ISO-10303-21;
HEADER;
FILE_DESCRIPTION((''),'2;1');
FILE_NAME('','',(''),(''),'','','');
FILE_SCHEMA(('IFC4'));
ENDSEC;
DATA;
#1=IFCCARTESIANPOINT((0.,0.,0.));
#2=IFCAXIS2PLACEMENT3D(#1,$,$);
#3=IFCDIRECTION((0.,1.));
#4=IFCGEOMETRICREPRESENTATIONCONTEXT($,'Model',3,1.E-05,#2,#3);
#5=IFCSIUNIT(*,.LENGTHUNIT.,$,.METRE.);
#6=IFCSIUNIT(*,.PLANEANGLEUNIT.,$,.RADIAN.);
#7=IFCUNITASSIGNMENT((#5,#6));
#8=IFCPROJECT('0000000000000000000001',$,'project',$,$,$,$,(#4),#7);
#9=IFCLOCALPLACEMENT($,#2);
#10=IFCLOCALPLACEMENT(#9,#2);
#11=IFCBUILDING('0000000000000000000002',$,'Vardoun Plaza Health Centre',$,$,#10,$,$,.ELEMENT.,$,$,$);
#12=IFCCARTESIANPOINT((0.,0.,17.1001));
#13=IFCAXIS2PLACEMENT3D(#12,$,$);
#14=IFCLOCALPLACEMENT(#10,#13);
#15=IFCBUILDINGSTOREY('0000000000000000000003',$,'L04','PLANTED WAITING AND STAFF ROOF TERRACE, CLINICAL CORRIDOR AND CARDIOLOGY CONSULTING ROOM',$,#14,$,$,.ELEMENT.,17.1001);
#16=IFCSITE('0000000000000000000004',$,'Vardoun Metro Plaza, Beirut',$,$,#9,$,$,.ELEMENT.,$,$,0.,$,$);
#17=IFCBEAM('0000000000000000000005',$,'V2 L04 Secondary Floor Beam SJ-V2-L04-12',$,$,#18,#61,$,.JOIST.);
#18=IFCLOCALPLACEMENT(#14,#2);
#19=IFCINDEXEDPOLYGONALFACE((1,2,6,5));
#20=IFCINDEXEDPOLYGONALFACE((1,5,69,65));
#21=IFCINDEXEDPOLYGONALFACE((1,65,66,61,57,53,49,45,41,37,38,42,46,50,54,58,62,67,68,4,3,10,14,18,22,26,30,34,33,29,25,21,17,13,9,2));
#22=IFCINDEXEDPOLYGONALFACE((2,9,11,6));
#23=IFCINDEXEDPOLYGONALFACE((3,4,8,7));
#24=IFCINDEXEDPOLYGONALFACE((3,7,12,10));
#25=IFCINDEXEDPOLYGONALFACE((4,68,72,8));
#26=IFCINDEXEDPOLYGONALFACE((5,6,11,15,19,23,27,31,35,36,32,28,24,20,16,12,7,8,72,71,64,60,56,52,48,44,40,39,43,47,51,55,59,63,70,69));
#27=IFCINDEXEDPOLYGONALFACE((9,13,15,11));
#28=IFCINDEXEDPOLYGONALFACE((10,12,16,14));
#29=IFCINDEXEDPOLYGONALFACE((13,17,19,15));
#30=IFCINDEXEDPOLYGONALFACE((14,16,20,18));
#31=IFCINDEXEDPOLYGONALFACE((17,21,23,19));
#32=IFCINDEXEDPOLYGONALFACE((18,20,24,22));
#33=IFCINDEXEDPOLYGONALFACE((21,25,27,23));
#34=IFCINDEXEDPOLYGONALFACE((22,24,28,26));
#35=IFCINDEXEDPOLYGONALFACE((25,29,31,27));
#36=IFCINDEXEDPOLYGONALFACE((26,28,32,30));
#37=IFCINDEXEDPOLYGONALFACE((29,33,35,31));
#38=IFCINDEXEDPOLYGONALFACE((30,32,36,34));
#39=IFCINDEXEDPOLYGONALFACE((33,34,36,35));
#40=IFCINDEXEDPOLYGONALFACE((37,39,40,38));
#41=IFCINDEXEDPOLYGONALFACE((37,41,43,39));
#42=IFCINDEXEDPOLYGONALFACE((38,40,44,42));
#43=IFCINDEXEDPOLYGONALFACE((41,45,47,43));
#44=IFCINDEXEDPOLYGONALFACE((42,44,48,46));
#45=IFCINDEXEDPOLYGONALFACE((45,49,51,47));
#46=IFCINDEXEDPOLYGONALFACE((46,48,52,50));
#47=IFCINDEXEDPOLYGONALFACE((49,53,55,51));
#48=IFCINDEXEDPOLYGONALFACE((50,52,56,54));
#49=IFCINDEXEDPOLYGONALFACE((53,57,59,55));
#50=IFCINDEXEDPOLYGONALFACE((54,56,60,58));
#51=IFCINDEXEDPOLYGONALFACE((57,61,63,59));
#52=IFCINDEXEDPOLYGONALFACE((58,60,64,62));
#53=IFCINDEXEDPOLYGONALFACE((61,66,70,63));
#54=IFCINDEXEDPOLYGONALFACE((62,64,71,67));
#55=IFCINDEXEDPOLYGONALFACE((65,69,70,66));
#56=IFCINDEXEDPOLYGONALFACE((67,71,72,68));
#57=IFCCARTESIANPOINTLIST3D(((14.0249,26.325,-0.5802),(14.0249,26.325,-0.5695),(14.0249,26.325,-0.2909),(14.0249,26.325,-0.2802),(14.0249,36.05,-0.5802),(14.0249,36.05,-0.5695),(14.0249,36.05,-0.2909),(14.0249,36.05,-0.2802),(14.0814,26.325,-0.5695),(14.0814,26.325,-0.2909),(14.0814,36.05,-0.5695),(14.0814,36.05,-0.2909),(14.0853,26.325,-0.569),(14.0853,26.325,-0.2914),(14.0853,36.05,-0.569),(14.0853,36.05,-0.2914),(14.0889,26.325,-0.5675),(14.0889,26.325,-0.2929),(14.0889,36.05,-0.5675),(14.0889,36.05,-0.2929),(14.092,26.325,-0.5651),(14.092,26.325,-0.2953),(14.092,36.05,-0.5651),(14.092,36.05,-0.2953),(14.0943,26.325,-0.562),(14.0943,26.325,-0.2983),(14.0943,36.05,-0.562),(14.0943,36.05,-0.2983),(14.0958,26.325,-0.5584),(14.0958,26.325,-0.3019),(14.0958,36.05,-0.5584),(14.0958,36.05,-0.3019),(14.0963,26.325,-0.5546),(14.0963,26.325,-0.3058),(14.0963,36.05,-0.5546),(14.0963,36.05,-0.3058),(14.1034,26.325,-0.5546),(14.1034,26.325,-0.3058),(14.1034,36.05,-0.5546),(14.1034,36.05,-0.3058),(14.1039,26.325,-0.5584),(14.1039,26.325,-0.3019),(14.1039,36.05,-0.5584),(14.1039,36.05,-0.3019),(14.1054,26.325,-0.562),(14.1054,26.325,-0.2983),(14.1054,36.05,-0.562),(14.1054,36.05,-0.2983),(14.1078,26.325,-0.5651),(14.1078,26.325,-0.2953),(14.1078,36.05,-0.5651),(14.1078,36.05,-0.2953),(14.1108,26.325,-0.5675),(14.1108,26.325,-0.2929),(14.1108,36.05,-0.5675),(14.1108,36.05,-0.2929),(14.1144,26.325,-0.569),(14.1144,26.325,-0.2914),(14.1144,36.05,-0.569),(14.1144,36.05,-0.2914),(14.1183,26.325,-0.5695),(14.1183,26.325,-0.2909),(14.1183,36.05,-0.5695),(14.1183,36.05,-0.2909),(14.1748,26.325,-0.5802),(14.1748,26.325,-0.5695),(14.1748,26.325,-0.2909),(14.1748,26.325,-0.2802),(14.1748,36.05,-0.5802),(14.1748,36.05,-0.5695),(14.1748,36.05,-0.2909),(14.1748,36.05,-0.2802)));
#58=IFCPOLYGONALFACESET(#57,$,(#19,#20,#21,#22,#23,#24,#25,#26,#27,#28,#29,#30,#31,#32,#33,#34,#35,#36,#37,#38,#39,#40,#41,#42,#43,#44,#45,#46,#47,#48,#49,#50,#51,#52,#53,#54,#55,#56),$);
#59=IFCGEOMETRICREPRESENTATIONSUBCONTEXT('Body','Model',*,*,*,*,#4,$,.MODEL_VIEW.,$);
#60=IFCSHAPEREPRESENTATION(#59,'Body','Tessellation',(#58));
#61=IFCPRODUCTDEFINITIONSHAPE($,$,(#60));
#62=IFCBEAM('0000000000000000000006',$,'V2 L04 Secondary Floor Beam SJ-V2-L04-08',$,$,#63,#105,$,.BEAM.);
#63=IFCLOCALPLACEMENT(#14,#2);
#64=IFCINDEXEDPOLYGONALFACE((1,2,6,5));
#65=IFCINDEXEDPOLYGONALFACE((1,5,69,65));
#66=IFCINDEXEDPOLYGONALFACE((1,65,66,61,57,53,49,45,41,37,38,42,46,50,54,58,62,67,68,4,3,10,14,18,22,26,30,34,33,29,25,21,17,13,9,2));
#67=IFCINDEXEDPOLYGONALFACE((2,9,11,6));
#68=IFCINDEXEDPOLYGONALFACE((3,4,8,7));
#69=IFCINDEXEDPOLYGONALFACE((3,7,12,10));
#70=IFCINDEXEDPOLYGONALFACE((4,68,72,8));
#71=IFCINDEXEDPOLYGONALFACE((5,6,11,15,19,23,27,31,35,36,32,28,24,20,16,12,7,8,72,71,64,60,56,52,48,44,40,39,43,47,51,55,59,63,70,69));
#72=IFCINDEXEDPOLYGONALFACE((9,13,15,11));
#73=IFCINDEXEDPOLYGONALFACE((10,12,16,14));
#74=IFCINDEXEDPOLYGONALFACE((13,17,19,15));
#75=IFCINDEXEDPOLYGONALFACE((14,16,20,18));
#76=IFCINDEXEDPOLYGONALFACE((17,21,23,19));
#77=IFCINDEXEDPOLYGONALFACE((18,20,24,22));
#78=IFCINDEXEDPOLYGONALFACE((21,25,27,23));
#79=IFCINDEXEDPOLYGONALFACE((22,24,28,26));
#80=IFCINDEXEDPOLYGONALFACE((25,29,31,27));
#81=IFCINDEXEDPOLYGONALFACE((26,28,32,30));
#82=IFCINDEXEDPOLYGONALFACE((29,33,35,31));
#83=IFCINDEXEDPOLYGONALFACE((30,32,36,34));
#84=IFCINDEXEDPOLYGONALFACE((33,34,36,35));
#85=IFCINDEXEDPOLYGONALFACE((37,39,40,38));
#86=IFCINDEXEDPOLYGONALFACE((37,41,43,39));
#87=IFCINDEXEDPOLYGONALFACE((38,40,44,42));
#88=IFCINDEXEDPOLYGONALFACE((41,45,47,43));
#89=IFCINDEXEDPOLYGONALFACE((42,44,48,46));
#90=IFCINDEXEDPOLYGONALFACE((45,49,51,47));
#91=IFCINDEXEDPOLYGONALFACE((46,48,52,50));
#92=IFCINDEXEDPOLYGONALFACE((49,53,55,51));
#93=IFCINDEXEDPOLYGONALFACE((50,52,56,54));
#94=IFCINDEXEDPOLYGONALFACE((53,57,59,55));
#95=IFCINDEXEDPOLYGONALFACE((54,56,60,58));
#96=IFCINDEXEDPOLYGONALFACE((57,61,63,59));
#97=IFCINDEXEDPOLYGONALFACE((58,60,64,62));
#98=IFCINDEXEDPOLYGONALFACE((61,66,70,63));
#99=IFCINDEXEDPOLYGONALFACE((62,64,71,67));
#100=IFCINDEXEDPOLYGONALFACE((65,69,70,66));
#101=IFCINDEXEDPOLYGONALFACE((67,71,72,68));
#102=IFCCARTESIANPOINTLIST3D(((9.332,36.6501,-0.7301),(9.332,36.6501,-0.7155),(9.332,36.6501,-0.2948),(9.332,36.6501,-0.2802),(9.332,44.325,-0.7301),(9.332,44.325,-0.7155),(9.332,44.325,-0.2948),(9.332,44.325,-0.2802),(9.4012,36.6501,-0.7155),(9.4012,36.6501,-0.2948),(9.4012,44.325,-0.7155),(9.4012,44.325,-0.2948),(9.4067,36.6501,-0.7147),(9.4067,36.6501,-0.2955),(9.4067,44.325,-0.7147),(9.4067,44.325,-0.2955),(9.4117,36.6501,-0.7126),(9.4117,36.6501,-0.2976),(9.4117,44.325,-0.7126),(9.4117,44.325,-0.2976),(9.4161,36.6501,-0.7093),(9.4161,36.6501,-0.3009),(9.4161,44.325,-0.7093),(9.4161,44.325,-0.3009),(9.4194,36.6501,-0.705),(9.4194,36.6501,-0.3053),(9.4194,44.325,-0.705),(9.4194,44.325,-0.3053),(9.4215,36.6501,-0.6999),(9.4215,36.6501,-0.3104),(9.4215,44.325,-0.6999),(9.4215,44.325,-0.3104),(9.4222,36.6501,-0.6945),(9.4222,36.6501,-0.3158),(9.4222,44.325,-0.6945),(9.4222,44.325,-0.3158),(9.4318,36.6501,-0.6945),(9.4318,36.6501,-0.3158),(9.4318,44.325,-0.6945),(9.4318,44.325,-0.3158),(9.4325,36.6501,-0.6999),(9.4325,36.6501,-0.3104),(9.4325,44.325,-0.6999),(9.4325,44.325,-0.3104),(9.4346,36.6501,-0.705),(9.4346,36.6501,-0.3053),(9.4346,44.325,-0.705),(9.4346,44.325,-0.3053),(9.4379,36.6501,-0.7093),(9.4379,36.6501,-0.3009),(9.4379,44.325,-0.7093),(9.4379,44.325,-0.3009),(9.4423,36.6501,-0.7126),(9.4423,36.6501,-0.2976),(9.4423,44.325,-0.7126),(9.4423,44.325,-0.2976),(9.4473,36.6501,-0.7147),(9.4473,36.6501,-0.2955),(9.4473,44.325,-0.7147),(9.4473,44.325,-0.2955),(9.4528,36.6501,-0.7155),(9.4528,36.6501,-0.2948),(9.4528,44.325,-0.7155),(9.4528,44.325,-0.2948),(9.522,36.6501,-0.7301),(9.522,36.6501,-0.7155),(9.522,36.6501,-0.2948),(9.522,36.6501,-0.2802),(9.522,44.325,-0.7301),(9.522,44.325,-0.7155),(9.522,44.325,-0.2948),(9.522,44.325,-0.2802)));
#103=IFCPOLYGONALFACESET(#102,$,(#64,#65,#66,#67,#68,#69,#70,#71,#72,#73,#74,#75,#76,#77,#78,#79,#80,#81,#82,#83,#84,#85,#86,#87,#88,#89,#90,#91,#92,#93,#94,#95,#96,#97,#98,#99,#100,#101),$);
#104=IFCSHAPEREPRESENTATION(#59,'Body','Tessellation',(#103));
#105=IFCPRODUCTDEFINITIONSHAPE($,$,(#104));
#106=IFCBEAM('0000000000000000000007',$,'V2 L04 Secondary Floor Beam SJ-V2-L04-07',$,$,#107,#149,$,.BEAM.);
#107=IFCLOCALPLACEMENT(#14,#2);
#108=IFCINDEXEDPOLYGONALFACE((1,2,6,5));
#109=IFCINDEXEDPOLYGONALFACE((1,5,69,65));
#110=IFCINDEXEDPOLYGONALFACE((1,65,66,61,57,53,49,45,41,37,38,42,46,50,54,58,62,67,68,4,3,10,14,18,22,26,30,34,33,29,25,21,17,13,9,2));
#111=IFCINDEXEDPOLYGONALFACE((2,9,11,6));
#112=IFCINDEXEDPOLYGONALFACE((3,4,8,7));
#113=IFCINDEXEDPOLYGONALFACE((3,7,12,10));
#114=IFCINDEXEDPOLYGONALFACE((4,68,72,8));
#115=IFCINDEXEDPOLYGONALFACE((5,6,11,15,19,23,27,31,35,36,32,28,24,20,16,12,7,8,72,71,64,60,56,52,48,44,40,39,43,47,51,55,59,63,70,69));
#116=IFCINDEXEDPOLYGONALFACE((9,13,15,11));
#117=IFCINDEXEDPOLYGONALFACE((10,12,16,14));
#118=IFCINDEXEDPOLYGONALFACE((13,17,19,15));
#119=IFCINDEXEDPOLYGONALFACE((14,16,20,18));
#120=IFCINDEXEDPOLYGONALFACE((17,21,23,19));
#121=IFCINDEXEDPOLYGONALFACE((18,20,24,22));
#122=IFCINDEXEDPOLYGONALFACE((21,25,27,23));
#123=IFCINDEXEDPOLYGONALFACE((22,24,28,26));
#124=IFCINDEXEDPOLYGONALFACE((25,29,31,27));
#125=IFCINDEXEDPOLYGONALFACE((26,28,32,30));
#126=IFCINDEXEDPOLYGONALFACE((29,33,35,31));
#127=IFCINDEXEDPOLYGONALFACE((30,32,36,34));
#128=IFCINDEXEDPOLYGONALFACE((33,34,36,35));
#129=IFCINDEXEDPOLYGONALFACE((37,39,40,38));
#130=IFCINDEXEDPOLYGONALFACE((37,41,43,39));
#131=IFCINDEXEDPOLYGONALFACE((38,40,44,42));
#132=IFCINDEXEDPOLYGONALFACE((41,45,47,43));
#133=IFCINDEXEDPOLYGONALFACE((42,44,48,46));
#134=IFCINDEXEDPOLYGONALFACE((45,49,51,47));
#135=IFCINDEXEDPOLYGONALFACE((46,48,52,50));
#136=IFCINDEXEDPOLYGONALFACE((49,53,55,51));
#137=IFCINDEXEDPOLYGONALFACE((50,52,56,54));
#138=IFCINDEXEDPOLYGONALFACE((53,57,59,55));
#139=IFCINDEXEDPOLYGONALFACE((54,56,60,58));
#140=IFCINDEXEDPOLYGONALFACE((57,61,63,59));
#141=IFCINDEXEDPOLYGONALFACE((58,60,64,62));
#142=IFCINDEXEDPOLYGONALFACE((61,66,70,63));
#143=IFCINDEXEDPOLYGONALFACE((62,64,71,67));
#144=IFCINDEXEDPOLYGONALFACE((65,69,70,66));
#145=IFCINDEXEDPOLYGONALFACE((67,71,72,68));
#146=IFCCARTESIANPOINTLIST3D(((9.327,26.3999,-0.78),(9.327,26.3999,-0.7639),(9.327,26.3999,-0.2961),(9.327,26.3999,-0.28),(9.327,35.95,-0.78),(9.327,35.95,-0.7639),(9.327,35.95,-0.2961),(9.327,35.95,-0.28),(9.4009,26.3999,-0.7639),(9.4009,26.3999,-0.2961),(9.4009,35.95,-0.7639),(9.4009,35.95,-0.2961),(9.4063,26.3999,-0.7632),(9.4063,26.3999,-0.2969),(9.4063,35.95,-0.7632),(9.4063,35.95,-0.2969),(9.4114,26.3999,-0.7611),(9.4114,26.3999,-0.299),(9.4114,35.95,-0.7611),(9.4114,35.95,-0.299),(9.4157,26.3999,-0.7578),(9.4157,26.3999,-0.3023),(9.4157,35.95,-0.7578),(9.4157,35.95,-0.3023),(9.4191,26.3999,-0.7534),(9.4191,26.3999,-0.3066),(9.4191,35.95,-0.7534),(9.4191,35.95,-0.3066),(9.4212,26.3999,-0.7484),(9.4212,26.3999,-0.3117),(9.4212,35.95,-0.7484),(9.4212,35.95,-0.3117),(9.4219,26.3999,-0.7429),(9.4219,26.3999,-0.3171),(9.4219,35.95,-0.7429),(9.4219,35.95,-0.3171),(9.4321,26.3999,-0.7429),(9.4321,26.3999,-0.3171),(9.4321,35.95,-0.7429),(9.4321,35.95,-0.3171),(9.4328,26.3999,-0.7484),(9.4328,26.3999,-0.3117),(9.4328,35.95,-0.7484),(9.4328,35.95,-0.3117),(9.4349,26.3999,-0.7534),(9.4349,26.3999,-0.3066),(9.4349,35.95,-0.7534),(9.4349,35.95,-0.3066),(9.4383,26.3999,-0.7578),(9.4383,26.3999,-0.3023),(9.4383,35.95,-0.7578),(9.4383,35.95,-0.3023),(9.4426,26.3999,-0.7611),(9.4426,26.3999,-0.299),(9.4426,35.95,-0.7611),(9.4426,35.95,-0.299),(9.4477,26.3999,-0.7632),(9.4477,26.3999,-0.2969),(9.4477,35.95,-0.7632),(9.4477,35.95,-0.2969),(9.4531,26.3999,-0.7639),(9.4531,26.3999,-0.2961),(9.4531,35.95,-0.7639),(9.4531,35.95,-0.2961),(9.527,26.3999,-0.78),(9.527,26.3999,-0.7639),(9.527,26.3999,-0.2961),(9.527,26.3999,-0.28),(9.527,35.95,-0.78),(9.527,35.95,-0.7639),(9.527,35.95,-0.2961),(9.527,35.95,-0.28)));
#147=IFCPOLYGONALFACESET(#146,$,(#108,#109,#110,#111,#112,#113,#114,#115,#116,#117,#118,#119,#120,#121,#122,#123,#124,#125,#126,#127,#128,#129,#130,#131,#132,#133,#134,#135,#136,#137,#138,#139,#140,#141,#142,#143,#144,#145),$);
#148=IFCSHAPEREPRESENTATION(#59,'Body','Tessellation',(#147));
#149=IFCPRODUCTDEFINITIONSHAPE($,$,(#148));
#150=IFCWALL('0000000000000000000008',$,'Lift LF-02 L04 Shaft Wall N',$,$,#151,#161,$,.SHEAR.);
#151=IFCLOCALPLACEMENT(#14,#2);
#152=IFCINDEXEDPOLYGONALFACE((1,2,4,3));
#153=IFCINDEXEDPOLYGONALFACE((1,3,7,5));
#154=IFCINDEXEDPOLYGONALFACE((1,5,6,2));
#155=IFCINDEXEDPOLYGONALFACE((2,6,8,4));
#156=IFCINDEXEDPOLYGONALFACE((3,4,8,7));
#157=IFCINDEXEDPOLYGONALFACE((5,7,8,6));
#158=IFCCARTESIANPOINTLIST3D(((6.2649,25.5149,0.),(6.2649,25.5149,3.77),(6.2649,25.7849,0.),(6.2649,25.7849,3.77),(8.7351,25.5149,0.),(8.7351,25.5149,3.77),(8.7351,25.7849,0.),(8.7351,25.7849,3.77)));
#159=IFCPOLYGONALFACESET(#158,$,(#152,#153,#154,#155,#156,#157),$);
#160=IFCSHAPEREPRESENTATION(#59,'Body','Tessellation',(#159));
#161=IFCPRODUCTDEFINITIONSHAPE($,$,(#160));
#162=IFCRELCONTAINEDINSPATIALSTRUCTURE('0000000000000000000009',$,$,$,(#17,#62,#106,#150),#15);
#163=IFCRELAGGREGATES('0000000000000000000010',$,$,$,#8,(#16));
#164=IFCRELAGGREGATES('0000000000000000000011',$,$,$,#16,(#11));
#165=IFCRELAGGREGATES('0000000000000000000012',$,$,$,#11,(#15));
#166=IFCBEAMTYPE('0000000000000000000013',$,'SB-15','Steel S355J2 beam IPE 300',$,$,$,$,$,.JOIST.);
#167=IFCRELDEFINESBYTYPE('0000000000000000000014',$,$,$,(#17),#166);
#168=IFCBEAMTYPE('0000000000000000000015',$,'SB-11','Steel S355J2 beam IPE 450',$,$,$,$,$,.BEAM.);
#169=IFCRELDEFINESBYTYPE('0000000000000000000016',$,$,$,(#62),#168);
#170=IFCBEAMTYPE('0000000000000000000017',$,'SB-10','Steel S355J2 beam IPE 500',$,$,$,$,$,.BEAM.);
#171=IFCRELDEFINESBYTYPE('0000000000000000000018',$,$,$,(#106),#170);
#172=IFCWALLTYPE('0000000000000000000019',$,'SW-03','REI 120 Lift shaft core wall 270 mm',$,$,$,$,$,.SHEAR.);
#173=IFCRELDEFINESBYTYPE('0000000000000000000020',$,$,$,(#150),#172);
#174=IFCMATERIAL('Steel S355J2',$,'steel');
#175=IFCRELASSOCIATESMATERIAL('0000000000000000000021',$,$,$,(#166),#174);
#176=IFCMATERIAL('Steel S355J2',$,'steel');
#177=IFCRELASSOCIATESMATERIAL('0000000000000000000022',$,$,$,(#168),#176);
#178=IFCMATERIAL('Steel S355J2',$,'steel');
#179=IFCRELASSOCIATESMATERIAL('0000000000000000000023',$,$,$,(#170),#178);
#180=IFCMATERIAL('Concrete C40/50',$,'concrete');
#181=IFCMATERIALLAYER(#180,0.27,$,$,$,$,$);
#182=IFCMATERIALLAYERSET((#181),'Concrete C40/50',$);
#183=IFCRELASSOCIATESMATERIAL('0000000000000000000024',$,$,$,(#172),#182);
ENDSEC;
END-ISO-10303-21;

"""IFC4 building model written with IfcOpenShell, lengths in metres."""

from ifc_helpers import new_model, si_unit, direction, frame, frame_2d, origin, origin_2d, place, context, subcontext, project, spatial, rectangle, i_section, extrude, material, layer, layer_set, material_profile, profile_set, type_object, element, save


model = new_model("IFC4")

# Units and contexts
model_context = context("Model", 3, precision=1e-05, world=origin(), true_north=direction((0.0, 1.0)))
body_context = subcontext(model_context, "Body", "Model", "MODEL_VIEW")
ifc_project = project(units=[si_unit("LENGTHUNIT", "METRE"), si_unit("PLANEANGLEUNIT", "RADIAN")], contexts=[model_context])

# Site, building, storey
site_placement = place(None, origin())
site = spatial("IfcSite", under=ifc_project, at=site_placement, Name="Vardoun Metro Plaza, Beirut", CompositionType="ELEMENT", RefElevation=0.0)
building_placement = place(site_placement, origin())
building = spatial("IfcBuilding", under=site, at=building_placement, Name="Vardoun Plaza Health Centre", CompositionType="ELEMENT")
storey_placement = place(building_placement, frame((0.0, 0.0, 17.1001)))
storey = spatial("IfcBuildingStorey", under=building, at=storey_placement, Name="L04", Description="PLANTED WAITING AND STAFF ROOF TERRACE, CLINICAL CORRIDOR AND CARDIOLOGY CONSULTING ROOM", CompositionType="ELEMENT", Elevation=17.1001)

# Beams
ifc_material_1 = material(Name="Steel S355J2", Category="steel")
ifc_material_profile_1 = material_profile(ifc_material_1, i_section(OverallWidth=0.1499, OverallDepth=0.3, WebThickness=0.0071, FlangeThickness=0.0107, FilletRadius=0.0149, at=origin_2d()), Name="IPE 300")
ifc_profile_set_1 = profile_set([ifc_material_profile_1], Name="Steel S355J2")
beam_type_1 = type_object("IfcBeamType", Name="SB-15", Description="Steel S355J2 beam IPE 300", PredefinedType="JOIST", material=ifc_profile_set_1)
beam_1_placement = place(storey_placement, frame((14.0999, 26.325, -0.4302), z_axis=(0.0, 1.0, 0.0), x_axis=(-1.0, 0.0, 0.0)))
element("IfcBeam", 1, at=beam_1_placement, inside=storey, type_object=beam_type_1, Name="V2 L04 Secondary Floor Beam SJ-V2-L04-12", PredefinedType="JOIST", context=body_context, shape_type="SweptSolid", body=[
    extrude(i_section(OverallWidth=0.1499, OverallDepth=0.3, WebThickness=0.0071, FlangeThickness=0.0107, FilletRadius=0.0149, at=origin_2d()), origin(), (0.0, 0.0, 1.0), 9.7251),
])
ifc_material_2 = material(Name="Steel S355J2", Category="steel")
ifc_material_profile_2 = material_profile(ifc_material_2, i_section(OverallWidth=0.1899, OverallDepth=0.45, WebThickness=0.0095, FlangeThickness=0.0146, FilletRadius=0.021, at=origin_2d()), Name="IPE 450")
ifc_profile_set_2 = profile_set([ifc_material_profile_2], Name="Steel S355J2")
beam_type_2 = type_object("IfcBeamType", Name="SB-11", Description="Steel S355J2 beam IPE 450", PredefinedType="BEAM", material=ifc_profile_set_2)
beam_2_placement = place(storey_placement, frame((9.427, 36.6501, -0.5051), z_axis=(0.0, 1.0, 0.0), x_axis=(-1.0, 0.0, 0.0)))
element("IfcBeam", 2, at=beam_2_placement, inside=storey, type_object=beam_type_2, Name="V2 L04 Secondary Floor Beam SJ-V2-L04-08", PredefinedType="BEAM", context=body_context, shape_type="SweptSolid", body=[
    extrude(i_section(OverallWidth=0.1899, OverallDepth=0.45, WebThickness=0.0095, FlangeThickness=0.0146, FilletRadius=0.021, at=origin_2d()), origin(), (0.0, 0.0, 1.0), 7.6748),
])
ifc_material_3 = material(Name="Steel S355J2", Category="steel")
ifc_material_profile_3 = material_profile(ifc_material_3, i_section(OverallWidth=0.2, OverallDepth=0.5, WebThickness=0.0103, FlangeThickness=0.0161, FilletRadius=0.021, at=origin_2d()), Name="IPE 500")
ifc_profile_set_3 = profile_set([ifc_material_profile_3], Name="Steel S355J2")
beam_type_3 = type_object("IfcBeamType", Name="SB-10", Description="Steel S355J2 beam IPE 500", PredefinedType="BEAM", material=ifc_profile_set_3)
beam_3_placement = place(storey_placement, frame((9.427, 26.3999, -0.53), z_axis=(0.0, 1.0, 0.0), x_axis=(-1.0, 0.0, 0.0)))
element("IfcBeam", 3, at=beam_3_placement, inside=storey, type_object=beam_type_3, Name="V2 L04 Secondary Floor Beam SJ-V2-L04-07", PredefinedType="BEAM", context=body_context, shape_type="SweptSolid", body=[
    extrude(i_section(OverallWidth=0.2, OverallDepth=0.5, WebThickness=0.0103, FlangeThickness=0.0161, FilletRadius=0.021, at=origin_2d()), origin(), (0.0, 0.0, 1.0), 9.55),
])

# Wall
ifc_material_4 = material(Name="Concrete C40/50", Category="concrete")
ifc_layer_1 = layer(ifc_material_4, 0.27)
ifc_layer_set_1 = layer_set([ifc_layer_1], Name="Concrete C40/50")
wall_type_1 = type_object("IfcWallType", Name="SW-03", Description="REI 120 Lift shaft core wall 270 mm", PredefinedType="SHEAR", material=ifc_layer_set_1)
wall_1_placement = place(storey_placement, frame((6.2649, 25.6499, 0.0), z_axis=(0.0, 0.0, 1.0), x_axis=(1.0, 0.0, 0.0)))
element("IfcWall", 4, at=wall_1_placement, inside=storey, type_object=wall_type_1, Name="Lift LF-02 L04 Shaft Wall N", PredefinedType="SHEAR", context=body_context, shape_type="SweptSolid", body=[
    extrude(rectangle(XDim=2.4702, YDim=0.27, at=frame_2d((1.2351, 0.0))), origin(), (0.0, 0.0, 1.0), 3.77),
])

save(model, "model.ifc")
